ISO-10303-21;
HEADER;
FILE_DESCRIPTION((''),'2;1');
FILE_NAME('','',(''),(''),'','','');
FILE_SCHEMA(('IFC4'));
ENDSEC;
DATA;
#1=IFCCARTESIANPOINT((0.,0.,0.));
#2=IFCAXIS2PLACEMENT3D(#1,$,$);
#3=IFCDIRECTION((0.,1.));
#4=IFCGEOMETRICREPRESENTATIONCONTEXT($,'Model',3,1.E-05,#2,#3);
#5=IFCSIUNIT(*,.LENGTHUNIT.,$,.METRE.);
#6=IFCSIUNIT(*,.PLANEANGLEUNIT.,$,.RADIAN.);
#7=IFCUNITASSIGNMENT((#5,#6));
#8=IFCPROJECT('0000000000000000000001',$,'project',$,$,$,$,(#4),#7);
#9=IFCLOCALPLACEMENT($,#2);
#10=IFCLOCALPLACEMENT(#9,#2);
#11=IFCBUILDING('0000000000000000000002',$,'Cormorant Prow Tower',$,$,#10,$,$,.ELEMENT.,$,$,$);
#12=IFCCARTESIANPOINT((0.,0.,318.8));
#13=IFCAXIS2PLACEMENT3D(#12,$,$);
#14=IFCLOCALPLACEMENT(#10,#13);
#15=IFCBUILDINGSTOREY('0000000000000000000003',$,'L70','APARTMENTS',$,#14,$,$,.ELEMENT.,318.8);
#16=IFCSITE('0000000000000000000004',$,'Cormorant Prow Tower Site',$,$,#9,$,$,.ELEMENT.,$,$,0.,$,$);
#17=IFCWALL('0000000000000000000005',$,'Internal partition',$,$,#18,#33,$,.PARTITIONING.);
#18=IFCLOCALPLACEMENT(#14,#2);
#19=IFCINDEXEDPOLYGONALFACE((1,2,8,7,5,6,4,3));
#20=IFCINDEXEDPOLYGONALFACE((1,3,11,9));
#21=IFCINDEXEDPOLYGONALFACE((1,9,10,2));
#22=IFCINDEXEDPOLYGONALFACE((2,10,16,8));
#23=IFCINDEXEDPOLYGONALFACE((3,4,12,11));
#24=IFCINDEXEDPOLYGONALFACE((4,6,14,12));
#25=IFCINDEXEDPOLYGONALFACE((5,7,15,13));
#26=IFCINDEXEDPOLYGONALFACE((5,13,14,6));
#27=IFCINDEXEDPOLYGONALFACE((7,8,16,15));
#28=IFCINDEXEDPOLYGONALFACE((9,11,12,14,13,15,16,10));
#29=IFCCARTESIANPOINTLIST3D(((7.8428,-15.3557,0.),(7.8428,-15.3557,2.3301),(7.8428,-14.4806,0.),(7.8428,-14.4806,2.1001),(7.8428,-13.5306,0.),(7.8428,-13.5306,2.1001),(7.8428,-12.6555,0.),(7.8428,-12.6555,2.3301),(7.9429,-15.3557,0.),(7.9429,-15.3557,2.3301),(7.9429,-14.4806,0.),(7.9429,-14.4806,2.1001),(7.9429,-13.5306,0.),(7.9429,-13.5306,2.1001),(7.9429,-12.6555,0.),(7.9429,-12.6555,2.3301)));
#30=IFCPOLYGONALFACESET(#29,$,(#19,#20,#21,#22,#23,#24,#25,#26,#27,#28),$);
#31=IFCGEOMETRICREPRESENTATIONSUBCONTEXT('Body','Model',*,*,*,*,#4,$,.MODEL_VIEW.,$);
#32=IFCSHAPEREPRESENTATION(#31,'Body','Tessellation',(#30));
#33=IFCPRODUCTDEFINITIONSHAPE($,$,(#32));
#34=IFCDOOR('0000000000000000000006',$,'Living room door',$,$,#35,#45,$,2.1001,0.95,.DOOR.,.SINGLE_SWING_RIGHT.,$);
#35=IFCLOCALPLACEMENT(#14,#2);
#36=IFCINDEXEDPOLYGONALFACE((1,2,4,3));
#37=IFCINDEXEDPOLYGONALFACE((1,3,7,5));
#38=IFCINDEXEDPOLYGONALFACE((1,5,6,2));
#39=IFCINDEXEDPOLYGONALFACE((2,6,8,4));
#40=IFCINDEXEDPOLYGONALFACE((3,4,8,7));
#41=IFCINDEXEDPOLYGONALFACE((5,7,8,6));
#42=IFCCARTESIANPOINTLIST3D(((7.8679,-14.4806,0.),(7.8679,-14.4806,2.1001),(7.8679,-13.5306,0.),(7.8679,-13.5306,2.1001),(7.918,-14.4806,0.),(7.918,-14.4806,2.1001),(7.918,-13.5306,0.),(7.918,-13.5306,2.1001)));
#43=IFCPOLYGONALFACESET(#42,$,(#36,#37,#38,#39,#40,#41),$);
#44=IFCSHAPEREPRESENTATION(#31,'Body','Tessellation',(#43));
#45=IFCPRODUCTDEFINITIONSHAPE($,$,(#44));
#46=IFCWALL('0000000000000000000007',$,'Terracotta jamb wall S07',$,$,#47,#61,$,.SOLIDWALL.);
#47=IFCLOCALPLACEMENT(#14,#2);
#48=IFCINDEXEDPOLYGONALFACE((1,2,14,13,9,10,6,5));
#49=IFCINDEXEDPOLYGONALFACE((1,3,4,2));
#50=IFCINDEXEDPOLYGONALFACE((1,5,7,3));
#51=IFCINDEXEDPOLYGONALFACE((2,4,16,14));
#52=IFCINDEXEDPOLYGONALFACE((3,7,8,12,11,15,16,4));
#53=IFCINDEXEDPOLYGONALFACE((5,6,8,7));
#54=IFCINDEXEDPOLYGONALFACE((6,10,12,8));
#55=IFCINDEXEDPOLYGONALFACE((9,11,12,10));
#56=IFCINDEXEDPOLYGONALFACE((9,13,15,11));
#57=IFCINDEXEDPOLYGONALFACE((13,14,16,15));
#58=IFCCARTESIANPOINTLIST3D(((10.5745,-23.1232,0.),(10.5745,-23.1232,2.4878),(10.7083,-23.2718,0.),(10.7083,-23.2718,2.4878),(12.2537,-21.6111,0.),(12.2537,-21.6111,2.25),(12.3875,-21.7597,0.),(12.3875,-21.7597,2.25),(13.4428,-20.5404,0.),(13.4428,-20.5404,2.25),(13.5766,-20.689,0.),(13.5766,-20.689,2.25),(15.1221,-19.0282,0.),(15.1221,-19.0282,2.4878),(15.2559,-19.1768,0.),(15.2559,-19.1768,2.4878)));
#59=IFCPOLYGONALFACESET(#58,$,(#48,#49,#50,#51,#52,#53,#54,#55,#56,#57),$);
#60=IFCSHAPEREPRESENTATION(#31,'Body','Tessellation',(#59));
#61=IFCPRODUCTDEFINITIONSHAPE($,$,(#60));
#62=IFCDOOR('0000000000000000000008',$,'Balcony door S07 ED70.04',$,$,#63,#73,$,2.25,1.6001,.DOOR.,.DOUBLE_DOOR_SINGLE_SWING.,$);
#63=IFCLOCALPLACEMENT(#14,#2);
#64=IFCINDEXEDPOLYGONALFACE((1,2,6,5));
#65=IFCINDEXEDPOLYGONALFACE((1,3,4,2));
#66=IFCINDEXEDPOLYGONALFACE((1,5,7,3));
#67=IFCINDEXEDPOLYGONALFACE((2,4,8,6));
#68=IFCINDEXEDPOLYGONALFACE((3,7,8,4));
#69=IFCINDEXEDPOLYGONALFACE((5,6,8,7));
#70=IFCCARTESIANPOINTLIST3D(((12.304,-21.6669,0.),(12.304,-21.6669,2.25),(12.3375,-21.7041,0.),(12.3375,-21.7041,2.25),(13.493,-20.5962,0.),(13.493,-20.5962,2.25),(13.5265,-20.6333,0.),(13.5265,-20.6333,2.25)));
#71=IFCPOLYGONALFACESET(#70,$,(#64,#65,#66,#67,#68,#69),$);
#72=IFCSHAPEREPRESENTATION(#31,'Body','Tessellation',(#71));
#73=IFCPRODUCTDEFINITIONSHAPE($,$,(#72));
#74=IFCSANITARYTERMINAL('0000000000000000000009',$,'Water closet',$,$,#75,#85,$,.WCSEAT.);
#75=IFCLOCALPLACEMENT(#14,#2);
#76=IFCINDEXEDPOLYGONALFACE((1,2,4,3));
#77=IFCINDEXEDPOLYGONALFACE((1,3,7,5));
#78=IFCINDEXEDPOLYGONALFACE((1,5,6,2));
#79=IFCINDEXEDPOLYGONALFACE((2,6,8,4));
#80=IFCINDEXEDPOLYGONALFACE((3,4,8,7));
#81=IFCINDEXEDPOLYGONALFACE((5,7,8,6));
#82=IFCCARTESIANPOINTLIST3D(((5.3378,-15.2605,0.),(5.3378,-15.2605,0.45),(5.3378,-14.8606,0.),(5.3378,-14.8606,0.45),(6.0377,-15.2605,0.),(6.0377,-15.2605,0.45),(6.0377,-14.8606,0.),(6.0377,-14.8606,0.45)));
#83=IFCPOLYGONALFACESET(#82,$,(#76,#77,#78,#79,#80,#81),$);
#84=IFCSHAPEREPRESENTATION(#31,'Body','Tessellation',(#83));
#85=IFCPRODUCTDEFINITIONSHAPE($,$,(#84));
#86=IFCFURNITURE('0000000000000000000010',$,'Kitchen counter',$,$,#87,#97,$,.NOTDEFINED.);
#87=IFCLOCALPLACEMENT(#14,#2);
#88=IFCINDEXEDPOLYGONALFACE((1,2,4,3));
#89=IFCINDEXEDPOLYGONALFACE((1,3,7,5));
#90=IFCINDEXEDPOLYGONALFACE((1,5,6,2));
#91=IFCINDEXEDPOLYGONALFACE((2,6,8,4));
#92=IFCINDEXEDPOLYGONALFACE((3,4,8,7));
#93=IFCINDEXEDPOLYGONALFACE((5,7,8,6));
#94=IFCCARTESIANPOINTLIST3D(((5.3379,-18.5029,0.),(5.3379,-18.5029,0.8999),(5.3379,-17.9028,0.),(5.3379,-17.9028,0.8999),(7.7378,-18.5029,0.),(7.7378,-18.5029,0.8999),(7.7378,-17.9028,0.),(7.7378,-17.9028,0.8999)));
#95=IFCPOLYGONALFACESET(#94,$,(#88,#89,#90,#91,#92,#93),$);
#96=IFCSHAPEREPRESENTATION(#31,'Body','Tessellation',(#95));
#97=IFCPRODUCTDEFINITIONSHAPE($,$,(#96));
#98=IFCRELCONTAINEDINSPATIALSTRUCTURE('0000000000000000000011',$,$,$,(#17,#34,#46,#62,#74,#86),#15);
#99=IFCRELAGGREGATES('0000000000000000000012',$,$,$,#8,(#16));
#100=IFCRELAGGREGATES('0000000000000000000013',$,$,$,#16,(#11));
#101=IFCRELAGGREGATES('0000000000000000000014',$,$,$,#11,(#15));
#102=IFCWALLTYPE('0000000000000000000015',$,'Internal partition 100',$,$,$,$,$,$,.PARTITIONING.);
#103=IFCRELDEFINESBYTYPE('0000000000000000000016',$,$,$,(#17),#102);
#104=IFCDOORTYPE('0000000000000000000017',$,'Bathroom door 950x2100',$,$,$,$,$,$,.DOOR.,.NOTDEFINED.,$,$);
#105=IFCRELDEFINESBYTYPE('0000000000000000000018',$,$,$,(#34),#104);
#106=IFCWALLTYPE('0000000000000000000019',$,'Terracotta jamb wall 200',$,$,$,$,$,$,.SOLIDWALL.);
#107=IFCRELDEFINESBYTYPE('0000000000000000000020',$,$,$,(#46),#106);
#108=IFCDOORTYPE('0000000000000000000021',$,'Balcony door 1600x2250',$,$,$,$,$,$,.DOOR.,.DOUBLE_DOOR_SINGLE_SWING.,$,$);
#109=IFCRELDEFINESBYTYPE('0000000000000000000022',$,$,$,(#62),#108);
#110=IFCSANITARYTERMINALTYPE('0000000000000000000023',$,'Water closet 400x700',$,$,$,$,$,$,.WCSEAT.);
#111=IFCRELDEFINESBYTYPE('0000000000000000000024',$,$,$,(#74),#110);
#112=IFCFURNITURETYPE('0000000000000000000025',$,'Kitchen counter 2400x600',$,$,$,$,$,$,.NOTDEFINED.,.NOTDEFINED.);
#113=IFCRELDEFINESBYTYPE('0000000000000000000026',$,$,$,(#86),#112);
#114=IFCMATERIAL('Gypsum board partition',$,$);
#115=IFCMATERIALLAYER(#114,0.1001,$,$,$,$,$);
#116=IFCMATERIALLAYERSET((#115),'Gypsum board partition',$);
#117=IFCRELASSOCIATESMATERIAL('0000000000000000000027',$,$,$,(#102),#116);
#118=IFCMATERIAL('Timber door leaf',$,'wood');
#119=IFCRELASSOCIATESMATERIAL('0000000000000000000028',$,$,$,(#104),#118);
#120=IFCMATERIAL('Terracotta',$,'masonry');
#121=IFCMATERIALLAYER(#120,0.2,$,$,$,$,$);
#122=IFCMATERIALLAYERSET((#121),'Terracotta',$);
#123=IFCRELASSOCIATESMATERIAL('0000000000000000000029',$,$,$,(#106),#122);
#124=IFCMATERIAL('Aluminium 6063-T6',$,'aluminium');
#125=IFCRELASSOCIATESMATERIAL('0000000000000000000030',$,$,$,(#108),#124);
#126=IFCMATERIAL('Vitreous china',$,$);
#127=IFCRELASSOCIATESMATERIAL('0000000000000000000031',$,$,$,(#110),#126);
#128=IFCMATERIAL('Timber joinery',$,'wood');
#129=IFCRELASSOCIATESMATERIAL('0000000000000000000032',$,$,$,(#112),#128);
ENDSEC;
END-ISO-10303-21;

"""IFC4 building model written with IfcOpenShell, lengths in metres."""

from ifc_helpers import new_model, si_unit, direction, frame, frame_2d, origin, origin_2d, place, context, subcontext, project, spatial, rectangle, extrude, material, layer, layer_set, type_object, element, fill, save


model = new_model("IFC4")

# Units and contexts
model_context = context("Model", 3, precision=1e-05, world=origin(), true_north=direction((0.0, 1.0)))
body_context = subcontext(model_context, "Body", "Model", "MODEL_VIEW")
ifc_project = project(units=[si_unit("LENGTHUNIT", "METRE"), si_unit("PLANEANGLEUNIT", "RADIAN")], contexts=[model_context])

# Site, building, storey
site_placement = place(None, origin())
site = spatial("IfcSite", under=ifc_project, at=site_placement, Name="Cormorant Prow Tower Site", CompositionType="ELEMENT", RefElevation=0.0)
building_placement = place(site_placement, origin())
building = spatial("IfcBuilding", under=site, at=building_placement, Name="Cormorant Prow Tower", CompositionType="ELEMENT")
storey_placement = place(building_placement, frame((0.0, 0.0, 318.8)))
storey = spatial("IfcBuildingStorey", under=building, at=storey_placement, Name="L70", Description="APARTMENTS", CompositionType="ELEMENT", Elevation=318.8)

# Walls, openings, doors
ifc_material_1 = material(Name="Gypsum board partition")
ifc_layer_1 = layer(ifc_material_1, 0.1001)
ifc_layer_set_1 = layer_set([ifc_layer_1], Name="Gypsum board partition")
wall_type_1 = type_object("IfcWallType", Name="Internal partition 100", PredefinedType="PARTITIONING", material=ifc_layer_set_1)
ifc_material_2 = material(Name="Timber door leaf", Category="wood")
door_type_1 = type_object("IfcDoorType", Name="Bathroom door 950x2100", OperationType="NOTDEFINED", PredefinedType="DOOR", material=ifc_material_2)
wall_1_placement = place(storey_placement, frame((7.8928, -15.3557, 0.0), z_axis=(0.0, 0.0, 1.0), x_axis=(0.0, 1.0, 0.0)))
wall_1 = element("IfcWall", 1, at=wall_1_placement, inside=storey, type_object=wall_type_1, Name="Internal partition", PredefinedType="PARTITIONING", context=body_context, shape_type="SweptSolid", body=[
    extrude(rectangle(XDim=2.7002, YDim=0.1001, at=frame_2d((1.3501, 0.0))), origin(), (0.0, 0.0, 1.0), 2.3301),
])
opening_1_placement = place(wall_1_placement, frame((0.875, 0.0, 0.0)))
opening_1 = element("IfcOpeningElement", 2, at=opening_1_placement, cuts=wall_1, PredefinedType="OPENING", context=body_context, shape_type="SweptSolid", body=[
    extrude(rectangle(XDim=0.95, YDim=2.1001, at=frame_2d((0.4751, 1.05))), frame((0.0, 0.0601, 0.0), z_axis=(0.0, -1.0, 0.0), x_axis=(1.0, 0.0, 0.0)), (0.0, 0.0, 1.0), 0.1201),
])
door_1_placement = place(opening_1_placement, origin())
door_1 = element("IfcDoor", 3, at=door_1_placement, inside=storey, type_object=door_type_1, Name="Living room door", OperationType="SINGLE_SWING_RIGHT", OverallHeight=2.1001, OverallWidth=0.95, PredefinedType="DOOR", context=body_context, shape_type="SweptSolid", body=[
    extrude(rectangle(XDim=0.95, YDim=2.1001, at=frame_2d((0.4751, 1.05))), frame((0.0, 0.0249, 0.0), z_axis=(0.0, -1.0, 0.0), x_axis=(1.0, 0.0, 0.0)), (0.0, 0.0, 1.0), 0.05),
])
fill(opening_1, door_1)
ifc_material_3 = material(Name="Terracotta", Category="masonry")
ifc_layer_2 = layer(ifc_material_3, 0.2)
ifc_layer_set_2 = layer_set([ifc_layer_2], Name="Terracotta")
wall_type_2 = type_object("IfcWallType", Name="Terracotta jamb wall 200", PredefinedType="SOLIDWALL", material=ifc_layer_set_2)
wall_2_placement = place(storey_placement, frame((10.6414, -23.1975, 0.0), z_axis=(0.0, 0.0, 1.0), x_axis=(0.743122, 0.669156, 0.0)))
wall_2 = element("IfcWall", 4, at=wall_2_placement, inside=storey, type_object=wall_type_2, Name="Terracotta jamb wall S07", PredefinedType="SOLIDWALL", context=body_context, shape_type="SweptSolid", body=[
    extrude(rectangle(XDim=6.1196, YDim=0.2, at=frame_2d((3.0598, 0.0))), origin(), (0.0, 0.0, 1.0), 2.4878),
])
opening_2_placement = place(wall_2_placement, frame((2.2598, 0.0, 0.0)))
opening_2 = element("IfcOpeningElement", 5, at=opening_2_placement, cuts=wall_2, PredefinedType="OPENING", context=body_context, shape_type="SweptSolid", body=[
    extrude(rectangle(XDim=1.6001, YDim=2.25, at=frame_2d((0.8, 1.125))), frame((0.0, 0.1099, 0.0), z_axis=(0.0, -1.0, 0.0), x_axis=(1.0, 0.0, 0.0)), (0.0, 0.0, 1.0), 0.22),
])
ifc_material_4 = material(Name="Aluminium 6063-T6", Category="aluminium")
door_type_2 = type_object("IfcDoorType", Name="Balcony door 1600x2250", OperationType="DOUBLE_DOOR_SINGLE_SWING", PredefinedType="DOOR", material=ifc_material_4)
door_2_placement = place(opening_2_placement, origin())
door_2 = element("IfcDoor", 6, at=door_2_placement, inside=storey, type_object=door_type_2, Name="Balcony door S07 ED70.04", OperationType="DOUBLE_DOOR_SINGLE_SWING", OverallHeight=2.25, OverallWidth=1.6001, PredefinedType="DOOR", context=body_context, shape_type="SweptSolid", body=[
    extrude(rectangle(XDim=1.6001, YDim=2.25, at=frame_2d((0.8, 1.125))), frame((0.0, 0.0249, 0.0), z_axis=(0.0, -1.0, 0.0), x_axis=(1.0, 0.0, 0.0)), (0.0, 0.0, 1.0), 0.05),
])
fill(opening_2, door_2)

# Sanitary terminal
ifc_material_5 = material(Name="Vitreous china")
sanitary_terminal_type = type_object("IfcSanitaryTerminalType", Name="Water closet 400x700", PredefinedType="WCSEAT", material=ifc_material_5)
sanitary_terminal_placement = place(storey_placement, frame((5.6877, -15.0605, 0.0), z_axis=(0.0, 0.0, 1.0), x_axis=(0.0, 1.0, 0.0)))
element("IfcSanitaryTerminal", 7, at=sanitary_terminal_placement, inside=storey, type_object=sanitary_terminal_type, Name="Water closet", PredefinedType="WCSEAT", context=body_context, shape_type="SweptSolid", body=[
    extrude(rectangle(XDim=0.3999, YDim=0.7, at=origin_2d()), origin(), (0.0, 0.0, 1.0), 0.45),
])

# Furniture
ifc_material_6 = material(Name="Timber joinery", Category="wood")
furniture_type = type_object("IfcFurnitureType", Name="Kitchen counter 2400x600", AssemblyPlace="NOTDEFINED", PredefinedType="NOTDEFINED", material=ifc_material_6)
furniture_placement = place(storey_placement, frame((6.5378, -18.2029, 0.0), z_axis=(0.0, 0.0, 1.0), x_axis=(1.0, 0.0, 0.0)))
element("IfcFurniture", 8, at=furniture_placement, inside=storey, type_object=furniture_type, Name="Kitchen counter", PredefinedType="NOTDEFINED", context=body_context, shape_type="SweptSolid", body=[
    extrude(rectangle(XDim=2.3999, YDim=0.6001, at=origin_2d()), origin(), (0.0, 0.0, 1.0), 0.8999),
])

save(model, "model.ifc")
